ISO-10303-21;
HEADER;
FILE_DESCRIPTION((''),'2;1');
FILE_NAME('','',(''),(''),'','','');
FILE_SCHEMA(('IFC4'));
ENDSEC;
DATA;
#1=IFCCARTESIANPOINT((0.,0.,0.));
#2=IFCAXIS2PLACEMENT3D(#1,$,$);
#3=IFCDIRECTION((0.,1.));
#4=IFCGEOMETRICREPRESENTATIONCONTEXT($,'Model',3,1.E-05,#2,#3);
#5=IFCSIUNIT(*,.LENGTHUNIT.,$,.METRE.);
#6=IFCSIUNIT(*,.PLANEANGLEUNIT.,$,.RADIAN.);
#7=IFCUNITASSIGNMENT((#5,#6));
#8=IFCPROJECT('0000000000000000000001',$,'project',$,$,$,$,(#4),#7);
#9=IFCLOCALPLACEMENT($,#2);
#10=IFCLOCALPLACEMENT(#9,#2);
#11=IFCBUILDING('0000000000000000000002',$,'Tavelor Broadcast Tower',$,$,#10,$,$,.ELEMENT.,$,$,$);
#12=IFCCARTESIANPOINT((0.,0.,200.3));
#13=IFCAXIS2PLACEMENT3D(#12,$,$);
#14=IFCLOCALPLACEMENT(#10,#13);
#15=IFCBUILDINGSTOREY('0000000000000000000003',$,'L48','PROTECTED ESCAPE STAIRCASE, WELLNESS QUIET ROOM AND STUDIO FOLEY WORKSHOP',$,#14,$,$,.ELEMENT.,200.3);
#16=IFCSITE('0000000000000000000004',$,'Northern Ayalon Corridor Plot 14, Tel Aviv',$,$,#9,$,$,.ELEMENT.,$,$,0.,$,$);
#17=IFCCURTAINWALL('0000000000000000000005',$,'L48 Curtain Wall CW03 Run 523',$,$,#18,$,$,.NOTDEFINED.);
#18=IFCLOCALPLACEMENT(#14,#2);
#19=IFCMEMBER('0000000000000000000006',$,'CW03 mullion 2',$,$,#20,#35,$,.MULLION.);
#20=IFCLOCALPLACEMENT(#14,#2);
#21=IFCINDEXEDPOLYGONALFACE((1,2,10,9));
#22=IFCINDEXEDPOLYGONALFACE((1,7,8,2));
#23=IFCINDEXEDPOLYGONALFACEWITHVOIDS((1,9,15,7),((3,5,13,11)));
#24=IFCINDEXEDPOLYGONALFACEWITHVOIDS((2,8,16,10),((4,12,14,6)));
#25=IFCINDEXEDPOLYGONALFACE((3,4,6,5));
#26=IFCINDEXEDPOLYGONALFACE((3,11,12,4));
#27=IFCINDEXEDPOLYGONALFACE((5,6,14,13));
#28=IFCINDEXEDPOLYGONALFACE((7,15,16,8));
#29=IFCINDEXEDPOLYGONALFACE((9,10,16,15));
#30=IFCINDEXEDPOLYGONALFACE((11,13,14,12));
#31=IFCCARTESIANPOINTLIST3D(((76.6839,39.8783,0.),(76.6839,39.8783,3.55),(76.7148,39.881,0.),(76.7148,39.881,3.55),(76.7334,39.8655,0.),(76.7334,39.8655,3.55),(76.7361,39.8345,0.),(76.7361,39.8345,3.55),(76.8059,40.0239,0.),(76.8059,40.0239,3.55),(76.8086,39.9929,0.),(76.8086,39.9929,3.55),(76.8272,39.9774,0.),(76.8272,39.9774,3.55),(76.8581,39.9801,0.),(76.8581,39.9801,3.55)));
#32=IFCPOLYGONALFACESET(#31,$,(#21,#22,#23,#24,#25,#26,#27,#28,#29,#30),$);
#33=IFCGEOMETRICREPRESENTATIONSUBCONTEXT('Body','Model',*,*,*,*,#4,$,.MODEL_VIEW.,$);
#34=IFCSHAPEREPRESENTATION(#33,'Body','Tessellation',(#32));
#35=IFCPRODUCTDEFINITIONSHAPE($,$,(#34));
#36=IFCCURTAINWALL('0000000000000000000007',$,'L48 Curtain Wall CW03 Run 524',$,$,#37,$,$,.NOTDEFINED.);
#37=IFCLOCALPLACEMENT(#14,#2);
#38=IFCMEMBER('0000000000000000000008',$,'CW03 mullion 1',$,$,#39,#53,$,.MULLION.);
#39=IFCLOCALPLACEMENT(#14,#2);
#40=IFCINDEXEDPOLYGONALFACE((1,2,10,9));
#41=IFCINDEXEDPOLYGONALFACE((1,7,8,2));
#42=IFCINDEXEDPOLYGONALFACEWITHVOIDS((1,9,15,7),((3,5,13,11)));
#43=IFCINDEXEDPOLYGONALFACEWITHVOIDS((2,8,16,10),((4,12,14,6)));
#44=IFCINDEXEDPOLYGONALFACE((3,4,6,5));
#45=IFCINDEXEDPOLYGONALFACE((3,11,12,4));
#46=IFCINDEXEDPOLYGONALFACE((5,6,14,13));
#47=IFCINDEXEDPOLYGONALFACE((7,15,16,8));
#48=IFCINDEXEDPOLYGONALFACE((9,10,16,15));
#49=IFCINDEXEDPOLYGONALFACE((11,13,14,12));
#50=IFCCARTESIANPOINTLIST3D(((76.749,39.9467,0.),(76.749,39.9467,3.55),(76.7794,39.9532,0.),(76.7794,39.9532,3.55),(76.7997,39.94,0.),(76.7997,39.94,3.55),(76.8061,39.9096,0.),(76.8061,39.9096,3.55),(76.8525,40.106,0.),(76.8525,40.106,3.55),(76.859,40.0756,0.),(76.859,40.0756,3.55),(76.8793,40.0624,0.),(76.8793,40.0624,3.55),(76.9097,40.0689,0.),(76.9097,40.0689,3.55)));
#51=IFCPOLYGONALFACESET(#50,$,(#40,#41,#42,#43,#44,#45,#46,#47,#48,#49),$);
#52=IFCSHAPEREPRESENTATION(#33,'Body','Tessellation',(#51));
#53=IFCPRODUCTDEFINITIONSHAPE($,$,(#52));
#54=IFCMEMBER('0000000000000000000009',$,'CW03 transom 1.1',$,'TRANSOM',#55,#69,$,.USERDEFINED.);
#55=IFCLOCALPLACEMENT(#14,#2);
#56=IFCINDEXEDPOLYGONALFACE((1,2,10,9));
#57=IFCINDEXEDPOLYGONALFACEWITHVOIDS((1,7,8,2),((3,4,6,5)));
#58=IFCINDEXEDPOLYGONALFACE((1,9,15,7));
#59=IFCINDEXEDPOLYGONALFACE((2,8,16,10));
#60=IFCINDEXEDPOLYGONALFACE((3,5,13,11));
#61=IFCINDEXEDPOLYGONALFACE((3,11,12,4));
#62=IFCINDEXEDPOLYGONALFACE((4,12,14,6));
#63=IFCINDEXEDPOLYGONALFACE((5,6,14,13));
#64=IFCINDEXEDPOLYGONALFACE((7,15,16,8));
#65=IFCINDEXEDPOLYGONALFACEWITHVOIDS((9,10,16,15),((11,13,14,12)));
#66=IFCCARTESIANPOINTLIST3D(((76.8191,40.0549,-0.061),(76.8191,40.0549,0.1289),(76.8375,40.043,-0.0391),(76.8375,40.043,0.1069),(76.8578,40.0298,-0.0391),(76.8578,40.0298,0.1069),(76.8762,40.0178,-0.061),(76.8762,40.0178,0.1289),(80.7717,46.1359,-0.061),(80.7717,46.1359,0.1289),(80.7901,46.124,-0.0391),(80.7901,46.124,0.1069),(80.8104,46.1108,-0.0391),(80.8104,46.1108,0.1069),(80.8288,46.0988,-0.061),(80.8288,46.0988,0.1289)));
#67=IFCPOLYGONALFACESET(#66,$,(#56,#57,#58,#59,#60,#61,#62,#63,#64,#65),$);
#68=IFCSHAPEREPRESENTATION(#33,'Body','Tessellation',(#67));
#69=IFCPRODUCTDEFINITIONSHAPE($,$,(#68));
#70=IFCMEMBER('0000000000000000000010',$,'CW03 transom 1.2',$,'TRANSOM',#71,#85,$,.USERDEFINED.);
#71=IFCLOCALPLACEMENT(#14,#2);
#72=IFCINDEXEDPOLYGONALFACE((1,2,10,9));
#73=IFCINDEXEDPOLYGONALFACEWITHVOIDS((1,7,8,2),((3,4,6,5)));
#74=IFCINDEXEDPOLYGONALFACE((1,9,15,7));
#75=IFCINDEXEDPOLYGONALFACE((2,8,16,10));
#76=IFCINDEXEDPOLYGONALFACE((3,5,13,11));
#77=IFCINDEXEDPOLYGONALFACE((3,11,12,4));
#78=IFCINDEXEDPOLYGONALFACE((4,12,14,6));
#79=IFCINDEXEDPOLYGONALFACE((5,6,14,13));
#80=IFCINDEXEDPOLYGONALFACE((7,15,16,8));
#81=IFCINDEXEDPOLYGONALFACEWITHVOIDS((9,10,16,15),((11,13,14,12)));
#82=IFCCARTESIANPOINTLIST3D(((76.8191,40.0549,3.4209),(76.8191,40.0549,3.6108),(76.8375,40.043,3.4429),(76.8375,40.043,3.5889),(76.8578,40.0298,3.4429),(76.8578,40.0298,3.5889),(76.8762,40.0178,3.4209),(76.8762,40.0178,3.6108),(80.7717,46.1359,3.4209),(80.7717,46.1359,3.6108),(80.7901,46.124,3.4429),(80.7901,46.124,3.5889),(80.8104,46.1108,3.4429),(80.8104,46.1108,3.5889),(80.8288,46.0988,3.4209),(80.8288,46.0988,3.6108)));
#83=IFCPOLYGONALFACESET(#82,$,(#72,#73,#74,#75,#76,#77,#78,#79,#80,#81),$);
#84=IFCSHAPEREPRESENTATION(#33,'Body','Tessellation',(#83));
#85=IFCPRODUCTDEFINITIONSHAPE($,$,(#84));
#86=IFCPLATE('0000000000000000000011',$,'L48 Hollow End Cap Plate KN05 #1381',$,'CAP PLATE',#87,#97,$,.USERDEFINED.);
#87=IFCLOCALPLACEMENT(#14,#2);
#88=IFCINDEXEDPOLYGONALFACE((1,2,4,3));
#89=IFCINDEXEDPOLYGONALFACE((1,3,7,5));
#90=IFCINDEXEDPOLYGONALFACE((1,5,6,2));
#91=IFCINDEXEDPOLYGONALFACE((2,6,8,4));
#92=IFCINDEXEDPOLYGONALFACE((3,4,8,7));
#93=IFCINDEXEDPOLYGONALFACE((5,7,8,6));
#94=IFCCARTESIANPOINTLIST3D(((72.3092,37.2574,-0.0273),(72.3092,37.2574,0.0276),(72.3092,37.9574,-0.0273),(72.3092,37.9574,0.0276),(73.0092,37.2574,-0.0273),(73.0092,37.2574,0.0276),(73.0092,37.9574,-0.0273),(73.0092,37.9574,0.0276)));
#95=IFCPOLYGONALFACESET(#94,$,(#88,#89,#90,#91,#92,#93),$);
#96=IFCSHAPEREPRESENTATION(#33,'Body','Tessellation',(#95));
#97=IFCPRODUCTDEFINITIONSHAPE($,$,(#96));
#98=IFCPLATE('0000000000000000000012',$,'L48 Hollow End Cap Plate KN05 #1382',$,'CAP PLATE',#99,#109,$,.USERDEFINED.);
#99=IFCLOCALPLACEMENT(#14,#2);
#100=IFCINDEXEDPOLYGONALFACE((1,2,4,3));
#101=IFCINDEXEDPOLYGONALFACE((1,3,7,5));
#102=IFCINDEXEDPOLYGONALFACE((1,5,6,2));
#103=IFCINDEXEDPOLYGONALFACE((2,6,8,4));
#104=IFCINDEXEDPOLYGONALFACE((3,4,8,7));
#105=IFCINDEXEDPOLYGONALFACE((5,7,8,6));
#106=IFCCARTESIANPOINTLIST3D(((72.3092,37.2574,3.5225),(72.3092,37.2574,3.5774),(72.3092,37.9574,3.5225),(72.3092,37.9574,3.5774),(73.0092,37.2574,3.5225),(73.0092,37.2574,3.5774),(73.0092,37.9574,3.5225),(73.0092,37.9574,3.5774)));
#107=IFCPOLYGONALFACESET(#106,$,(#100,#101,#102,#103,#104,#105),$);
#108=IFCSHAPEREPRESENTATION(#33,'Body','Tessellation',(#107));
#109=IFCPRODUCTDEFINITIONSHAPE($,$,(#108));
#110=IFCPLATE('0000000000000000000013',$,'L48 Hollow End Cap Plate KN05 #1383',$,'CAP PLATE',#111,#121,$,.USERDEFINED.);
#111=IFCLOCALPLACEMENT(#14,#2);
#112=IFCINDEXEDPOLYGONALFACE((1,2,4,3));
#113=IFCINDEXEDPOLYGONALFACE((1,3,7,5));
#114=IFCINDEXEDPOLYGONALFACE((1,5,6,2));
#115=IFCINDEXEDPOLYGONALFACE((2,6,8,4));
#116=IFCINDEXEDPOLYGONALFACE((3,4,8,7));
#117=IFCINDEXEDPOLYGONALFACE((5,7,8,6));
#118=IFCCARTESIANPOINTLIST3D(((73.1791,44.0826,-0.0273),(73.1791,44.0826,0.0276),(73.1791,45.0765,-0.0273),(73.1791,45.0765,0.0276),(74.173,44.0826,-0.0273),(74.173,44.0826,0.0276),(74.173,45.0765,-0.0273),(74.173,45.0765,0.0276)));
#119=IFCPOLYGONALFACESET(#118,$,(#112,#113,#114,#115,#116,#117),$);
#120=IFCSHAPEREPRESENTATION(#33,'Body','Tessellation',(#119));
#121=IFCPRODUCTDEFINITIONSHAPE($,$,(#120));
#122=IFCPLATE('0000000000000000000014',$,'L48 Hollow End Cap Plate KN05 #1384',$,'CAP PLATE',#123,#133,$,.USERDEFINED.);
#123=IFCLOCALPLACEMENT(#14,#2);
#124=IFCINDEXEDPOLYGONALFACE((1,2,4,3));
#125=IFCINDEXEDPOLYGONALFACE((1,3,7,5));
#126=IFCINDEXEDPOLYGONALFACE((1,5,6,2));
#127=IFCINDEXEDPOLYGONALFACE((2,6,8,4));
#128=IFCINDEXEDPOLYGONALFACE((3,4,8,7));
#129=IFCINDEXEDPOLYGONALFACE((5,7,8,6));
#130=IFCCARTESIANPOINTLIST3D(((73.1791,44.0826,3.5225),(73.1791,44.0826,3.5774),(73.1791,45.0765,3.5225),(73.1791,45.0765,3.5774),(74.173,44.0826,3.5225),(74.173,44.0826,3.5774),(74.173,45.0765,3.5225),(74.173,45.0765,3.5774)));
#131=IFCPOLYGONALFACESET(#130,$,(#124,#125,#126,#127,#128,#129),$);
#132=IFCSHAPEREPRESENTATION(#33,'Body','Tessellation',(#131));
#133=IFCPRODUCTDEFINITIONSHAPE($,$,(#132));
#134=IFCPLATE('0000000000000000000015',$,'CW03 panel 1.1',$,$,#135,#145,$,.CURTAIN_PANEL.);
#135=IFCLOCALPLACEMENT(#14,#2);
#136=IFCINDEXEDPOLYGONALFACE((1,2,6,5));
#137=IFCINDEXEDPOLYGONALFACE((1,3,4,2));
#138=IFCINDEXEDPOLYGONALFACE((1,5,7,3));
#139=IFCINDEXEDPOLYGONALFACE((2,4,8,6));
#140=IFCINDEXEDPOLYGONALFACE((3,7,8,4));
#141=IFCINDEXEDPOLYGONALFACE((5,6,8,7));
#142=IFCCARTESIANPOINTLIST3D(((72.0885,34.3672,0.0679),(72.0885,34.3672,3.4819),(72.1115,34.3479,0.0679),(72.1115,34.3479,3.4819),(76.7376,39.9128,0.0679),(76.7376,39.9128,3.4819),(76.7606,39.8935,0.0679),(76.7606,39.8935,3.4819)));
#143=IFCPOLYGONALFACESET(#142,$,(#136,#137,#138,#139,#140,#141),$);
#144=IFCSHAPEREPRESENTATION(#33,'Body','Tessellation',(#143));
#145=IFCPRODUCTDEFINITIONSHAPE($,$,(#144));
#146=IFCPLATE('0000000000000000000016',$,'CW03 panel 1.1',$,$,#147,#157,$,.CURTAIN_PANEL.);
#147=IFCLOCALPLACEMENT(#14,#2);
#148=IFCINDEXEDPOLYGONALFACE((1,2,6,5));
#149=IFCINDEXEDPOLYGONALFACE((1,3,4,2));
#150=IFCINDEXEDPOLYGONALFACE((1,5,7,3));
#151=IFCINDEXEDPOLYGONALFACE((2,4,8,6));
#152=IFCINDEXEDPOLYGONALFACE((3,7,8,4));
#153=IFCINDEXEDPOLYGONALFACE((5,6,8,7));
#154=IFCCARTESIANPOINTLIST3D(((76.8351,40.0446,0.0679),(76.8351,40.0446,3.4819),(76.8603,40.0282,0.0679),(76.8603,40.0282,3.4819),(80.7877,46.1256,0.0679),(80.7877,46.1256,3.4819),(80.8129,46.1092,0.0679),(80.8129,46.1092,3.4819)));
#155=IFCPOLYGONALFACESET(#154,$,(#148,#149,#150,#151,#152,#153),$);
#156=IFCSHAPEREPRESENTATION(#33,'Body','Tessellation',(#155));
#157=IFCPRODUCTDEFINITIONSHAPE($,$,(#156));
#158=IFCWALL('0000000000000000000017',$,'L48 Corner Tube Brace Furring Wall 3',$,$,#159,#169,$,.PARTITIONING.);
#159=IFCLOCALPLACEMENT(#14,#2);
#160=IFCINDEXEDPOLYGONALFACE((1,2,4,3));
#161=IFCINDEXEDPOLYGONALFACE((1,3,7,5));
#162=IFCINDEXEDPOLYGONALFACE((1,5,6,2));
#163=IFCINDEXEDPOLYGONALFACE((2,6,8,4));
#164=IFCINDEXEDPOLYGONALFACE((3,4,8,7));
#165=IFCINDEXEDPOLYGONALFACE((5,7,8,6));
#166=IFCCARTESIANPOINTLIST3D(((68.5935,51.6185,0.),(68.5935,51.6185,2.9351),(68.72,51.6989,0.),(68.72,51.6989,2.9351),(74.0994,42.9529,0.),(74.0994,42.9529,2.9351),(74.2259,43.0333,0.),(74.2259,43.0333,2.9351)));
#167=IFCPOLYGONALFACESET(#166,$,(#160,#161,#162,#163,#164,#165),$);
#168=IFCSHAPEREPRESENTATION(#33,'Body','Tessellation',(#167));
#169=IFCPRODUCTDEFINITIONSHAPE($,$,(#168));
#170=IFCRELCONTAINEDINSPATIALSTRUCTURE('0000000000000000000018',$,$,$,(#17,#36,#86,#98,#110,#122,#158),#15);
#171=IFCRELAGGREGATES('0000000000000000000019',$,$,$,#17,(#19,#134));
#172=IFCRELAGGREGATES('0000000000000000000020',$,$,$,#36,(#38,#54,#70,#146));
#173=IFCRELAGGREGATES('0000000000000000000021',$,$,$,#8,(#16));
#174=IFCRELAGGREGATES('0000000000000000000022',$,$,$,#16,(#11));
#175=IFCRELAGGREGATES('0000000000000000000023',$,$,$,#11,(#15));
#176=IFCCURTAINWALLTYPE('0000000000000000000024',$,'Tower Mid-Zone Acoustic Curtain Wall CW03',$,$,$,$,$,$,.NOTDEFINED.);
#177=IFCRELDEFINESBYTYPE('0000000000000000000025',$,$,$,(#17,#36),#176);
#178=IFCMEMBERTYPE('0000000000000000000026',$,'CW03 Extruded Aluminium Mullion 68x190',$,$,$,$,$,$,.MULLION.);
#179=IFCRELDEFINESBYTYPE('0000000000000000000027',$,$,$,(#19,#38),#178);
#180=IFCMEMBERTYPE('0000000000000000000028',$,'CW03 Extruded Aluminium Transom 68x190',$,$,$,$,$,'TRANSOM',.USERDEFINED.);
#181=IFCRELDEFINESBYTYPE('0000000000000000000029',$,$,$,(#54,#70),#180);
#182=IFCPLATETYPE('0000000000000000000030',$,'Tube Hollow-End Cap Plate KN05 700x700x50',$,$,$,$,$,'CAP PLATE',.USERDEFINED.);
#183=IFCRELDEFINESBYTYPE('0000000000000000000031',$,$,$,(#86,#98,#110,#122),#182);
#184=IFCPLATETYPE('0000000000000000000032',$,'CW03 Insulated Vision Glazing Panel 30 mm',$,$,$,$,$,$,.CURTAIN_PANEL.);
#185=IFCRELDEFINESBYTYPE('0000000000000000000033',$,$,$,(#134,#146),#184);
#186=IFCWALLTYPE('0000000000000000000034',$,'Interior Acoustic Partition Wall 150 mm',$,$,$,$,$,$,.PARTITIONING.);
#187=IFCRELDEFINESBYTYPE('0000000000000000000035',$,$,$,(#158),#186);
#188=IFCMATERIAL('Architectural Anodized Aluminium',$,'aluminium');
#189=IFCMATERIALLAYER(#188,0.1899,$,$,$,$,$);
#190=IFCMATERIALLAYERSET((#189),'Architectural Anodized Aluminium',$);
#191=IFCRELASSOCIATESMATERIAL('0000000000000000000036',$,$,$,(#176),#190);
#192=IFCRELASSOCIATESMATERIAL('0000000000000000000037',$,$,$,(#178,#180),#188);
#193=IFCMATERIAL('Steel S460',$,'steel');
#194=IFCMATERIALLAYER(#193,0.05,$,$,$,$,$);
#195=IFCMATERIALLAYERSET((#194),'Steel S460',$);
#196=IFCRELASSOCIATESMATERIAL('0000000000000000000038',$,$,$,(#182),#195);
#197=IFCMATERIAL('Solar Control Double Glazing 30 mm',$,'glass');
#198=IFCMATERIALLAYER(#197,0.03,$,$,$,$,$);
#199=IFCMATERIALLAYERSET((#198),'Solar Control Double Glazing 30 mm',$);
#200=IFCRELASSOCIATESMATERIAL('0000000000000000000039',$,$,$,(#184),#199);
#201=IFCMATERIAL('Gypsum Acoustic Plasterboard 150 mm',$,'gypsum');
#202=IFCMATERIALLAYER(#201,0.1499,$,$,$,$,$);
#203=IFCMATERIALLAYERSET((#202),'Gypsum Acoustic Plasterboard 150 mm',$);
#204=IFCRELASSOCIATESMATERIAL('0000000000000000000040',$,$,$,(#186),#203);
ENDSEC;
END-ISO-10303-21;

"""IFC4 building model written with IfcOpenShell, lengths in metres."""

from ifc_helpers import new_model, si_unit, direction, frame, frame_2d, origin, origin_2d, place, context, subcontext, project, spatial, rectangle, hollow_rectangle, extrude, source, transform, mapped, material, layer, layer_set, material_profile, profile_set, type_object, type_shapes, element, aggregate, save


model = new_model("IFC4")

# Units and contexts
model_context = context("Model", 3, precision=1e-05, world=origin(), true_north=direction((0.0, 1.0)))
body_context = subcontext(model_context, "Body", "Model", "MODEL_VIEW")
ifc_project = project(units=[si_unit("LENGTHUNIT", "METRE"), si_unit("PLANEANGLEUNIT", "RADIAN")], contexts=[model_context])

# Site, building, storey
site_placement = place(None, origin())
site = spatial("IfcSite", under=ifc_project, at=site_placement, Name="Northern Ayalon Corridor Plot 14, Tel Aviv", CompositionType="ELEMENT", RefElevation=0.0)
building_placement = place(site_placement, origin())
building = spatial("IfcBuilding", under=site, at=building_placement, Name="Tavelor Broadcast Tower", CompositionType="ELEMENT")
storey_placement = place(building_placement, frame((0.0, 0.0, 200.3)))
storey = spatial("IfcBuildingStorey", under=building, at=storey_placement, Name="L48", Description="PROTECTED ESCAPE STAIRCASE, WELLNESS QUIET ROOM AND STUDIO FOLEY WORKSHOP", CompositionType="ELEMENT", Elevation=200.3)

# Shared definitions
ifc_material_1 = material(Name="Steel S460", Category="steel")

# Curtain wall, member
ifc_material_2 = material(Name="Architectural Anodized Aluminium", Category="aluminium")
ifc_layer_1 = layer(ifc_material_2, 0.1899)
ifc_layer_set_1 = layer_set([ifc_layer_1], Name="Architectural Anodized Aluminium")
curtain_wall_type = type_object("IfcCurtainWallType", Name="Tower Mid-Zone Acoustic Curtain Wall CW03", PredefinedType="NOTDEFINED", material=ifc_layer_set_1)
curtain_wall_1_placement = place(storey_placement, origin())
curtain_wall_1 = element("IfcCurtainWall", 1, at=curtain_wall_1_placement, inside=storey, type_object=curtain_wall_type, Name="L48 Curtain Wall CW03 Run 523", PredefinedType="NOTDEFINED")
ifc_material_profile_1 = material_profile(ifc_material_2, hollow_rectangle(XDim=0.0681, YDim=0.1899, WallThickness=0.022, at=origin_2d()), Name="RHS 68x190x22")
ifc_profile_set_1 = profile_set([ifc_material_profile_1], Name="Architectural Anodized Aluminium")
member_type_1 = type_object("IfcMemberType", Name="CW03 Extruded Aluminium Mullion 68x190", PredefinedType="MULLION", material=ifc_profile_set_1)
shared_shape_1 = source(origin(), body_context, "Body", "SweptSolid", [
    extrude(hollow_rectangle(XDim=0.0681, YDim=0.1899, WallThickness=0.022, at=origin_2d()), origin(), (0.0, 0.0, 1.0), 3.55),
])
type_shapes(member_type_1, [shared_shape_1])
member_1_placement = place(storey_placement, frame((76.771, 39.9292, 0.0), z_axis=(0.0, 0.0, 1.0), x_axis=(-0.766333, 0.642443, 0.0)))
member_1 = element("IfcMember", 2, at=member_1_placement, type_object=member_type_1, Name="CW03 mullion 2", PredefinedType="MULLION", context=body_context, shape_type="MappedRepresentation", body=[
    mapped(shared_shape_1, transform((0.0, 0.0, 0.0), scale=1.0)),
])

# Curtain wall, members
curtain_wall_2_placement = place(storey_placement, origin())
curtain_wall_2 = element("IfcCurtainWall", 3, at=curtain_wall_2_placement, inside=storey, type_object=curtain_wall_type, Name="L48 Curtain Wall CW03 Run 524", PredefinedType="NOTDEFINED")
member_2_placement = place(storey_placement, frame((76.8293, 40.0078, 0.0), z_axis=(0.0, 0.0, 1.0), x_axis=(-0.838447, 0.544984, 0.0)))
member_2 = element("IfcMember", 4, at=member_2_placement, type_object=member_type_1, Name="CW03 mullion 1", PredefinedType="MULLION", context=body_context, shape_type="MappedRepresentation", body=[
    mapped(shared_shape_1, transform((0.0, 0.0, 0.0), scale=1.0)),
])
ifc_material_profile_2 = material_profile(ifc_material_2, hollow_rectangle(XDim=0.0681, YDim=0.1899, WallThickness=0.022, at=origin_2d()), Name="RHS 68x190x22")
ifc_profile_set_2 = profile_set([ifc_material_profile_2], Name="Architectural Anodized Aluminium")
member_type_2 = type_object("IfcMemberType", Name="CW03 Extruded Aluminium Transom 68x190", ElementType="TRANSOM", PredefinedType="USERDEFINED", material=ifc_profile_set_2)
shared_shape_2 = source(origin(), body_context, "Body", "SweptSolid", [
    extrude(hollow_rectangle(XDim=0.0681, YDim=0.1899, WallThickness=0.022, at=origin_2d()), origin(), (0.0, 0.0, 1.0), 7.2527),
])
type_shapes(member_type_2, [shared_shape_2])
member_3_placement = place(storey_placement, frame((76.8477, 40.0364, 0.0339), z_axis=(0.544984, 0.838447, 0.0), x_axis=(-0.838447, 0.544984, 0.0)))
member_3 = element("IfcMember", 5, at=member_3_placement, type_object=member_type_2, Name="CW03 transom 1.1", ObjectType="TRANSOM", PredefinedType="USERDEFINED", context=body_context, shape_type="MappedRepresentation", body=[
    mapped(shared_shape_2, transform((0.0, 0.0, 0.0), scale=1.0)),
])
member_4_placement = place(storey_placement, frame((76.8477, 40.0364, 3.5159), z_axis=(0.544984, 0.838447, 0.0), x_axis=(-0.838447, 0.544984, 0.0)))
member_4 = element("IfcMember", 6, at=member_4_placement, type_object=member_type_2, Name="CW03 transom 1.2", ObjectType="TRANSOM", PredefinedType="USERDEFINED", context=body_context, shape_type="MappedRepresentation", body=[
    mapped(shared_shape_2, transform((0.0, 0.0, 0.0), scale=1.0)),
])

# Plates
ifc_layer_2 = layer(ifc_material_1, 0.05)
ifc_layer_set_2 = layer_set([ifc_layer_2], Name="Steel S460")
plate_type_1 = type_object("IfcPlateType", Name="Tube Hollow-End Cap Plate KN05 700x700x50", ElementType="CAP PLATE", PredefinedType="USERDEFINED", material=ifc_layer_set_2)
shared_shape_3 = source(origin(), body_context, "Body", "SweptSolid", [
    extrude(rectangle(XDim=0.7, YDim=0.7, at=origin_2d()), origin(), (0.0, 0.0, 1.0), 0.0549),
])
for number, where, z_axis, x_axis, name in (
    (7, (72.6592, 37.6074, -0.0273), (0.0, 0.0, 1.0), (1.0, 0.0, 0.0), "L48 Hollow End Cap Plate KN05 #1381"),
    (8, (72.6592, 37.6074, 3.5225), (0.0, 0.0, 1.0), (1.0, 0.0, 0.0), "L48 Hollow End Cap Plate KN05 #1382"),
):
    element("IfcPlate", number, at=place(storey_placement, frame(where, z_axis=z_axis, x_axis=x_axis)), inside=storey, type_object=plate_type_1, Name=name, ObjectType="CAP PLATE", PredefinedType="USERDEFINED", context=body_context, shape_type="MappedRepresentation", body=[
        mapped(shared_shape_3, transform((0.0, 0.0, 0.0), scale=1.0)),
    ])
shared_shape_4 = source(origin(), body_context, "Body", "SweptSolid", [
    extrude(rectangle(XDim=0.9939, YDim=0.9939, at=origin_2d()), origin(), (0.0, 0.0, 1.0), 0.0549),
])
type_shapes(plate_type_1, [shared_shape_3, shared_shape_4])
for number, where, z_axis, x_axis, name in (
    (9, (73.676, 44.5796, -0.0273), (0.0, 0.0, 1.0), (1.0, 0.0, 0.0), "L48 Hollow End Cap Plate KN05 #1383"),
    (10, (73.676, 44.5796, 3.5225), (0.0, 0.0, 1.0), (1.0, 0.0, 0.0), "L48 Hollow End Cap Plate KN05 #1384"),
):
    element("IfcPlate", number, at=place(storey_placement, frame(where, z_axis=z_axis, x_axis=x_axis)), inside=storey, type_object=plate_type_1, Name=name, ObjectType="CAP PLATE", PredefinedType="USERDEFINED", context=body_context, shape_type="MappedRepresentation", body=[
        mapped(shared_shape_4, transform((0.0, 0.0, 0.0), scale=1.0)),
    ])

# Plates
ifc_material_3 = material(Name="Solar Control Double Glazing 30 mm", Category="glass")
ifc_layer_3 = layer(ifc_material_3, 0.03)
ifc_layer_set_3 = layer_set([ifc_layer_3], Name="Solar Control Double Glazing 30 mm")
plate_type_2 = type_object("IfcPlateType", Name="CW03 Insulated Vision Glazing Panel 30 mm", PredefinedType="CURTAIN_PANEL", material=ifc_layer_set_3)
shared_shape_5 = source(origin(), body_context, "Body", "SweptSolid", [
    extrude(rectangle(XDim=7.2366, YDim=0.03, at=origin_2d()), origin(), (0.0, 0.0, 1.0), 3.4141),
])
plate_1_placement = place(storey_placement, frame((74.4246, 37.1304, 0.0679), z_axis=(0.0, 0.0, 1.0), x_axis=(0.642443, 0.766333, 0.0)))
plate_1 = element("IfcPlate", 11, at=plate_1_placement, type_object=plate_type_2, Name="CW03 panel 1.1", PredefinedType="CURTAIN_PANEL", context=body_context, shape_type="MappedRepresentation", body=[
    mapped(shared_shape_5, transform((0.0, 0.0, 0.0), scale=1.0)),
])
aggregate(curtain_wall_1, [member_1, plate_1])
shared_shape_6 = source(origin(), body_context, "Body", "SweptSolid", [
    extrude(rectangle(XDim=7.2527, YDim=0.03, at=origin_2d()), origin(), (0.0, 0.0, 1.0), 3.4141),
])
type_shapes(plate_type_2, [shared_shape_5, shared_shape_6])
plate_2_placement = place(storey_placement, frame((78.824, 43.0769, 0.0679), z_axis=(0.0, 0.0, 1.0), x_axis=(0.544984, 0.838447, 0.0)))
plate_2 = element("IfcPlate", 12, at=plate_2_placement, type_object=plate_type_2, Name="CW03 panel 1.1", PredefinedType="CURTAIN_PANEL", context=body_context, shape_type="MappedRepresentation", body=[
    mapped(shared_shape_6, transform((0.0, 0.0, 0.0), scale=1.0)),
])
aggregate(curtain_wall_2, [member_2, member_3, member_4, plate_2])

# Wall
ifc_material_4 = material(Name="Gypsum Acoustic Plasterboard 150 mm", Category="gypsum")
ifc_layer_4 = layer(ifc_material_4, 0.1499)
ifc_layer_set_4 = layer_set([ifc_layer_4], Name="Gypsum Acoustic Plasterboard 150 mm")
wall_type = type_object("IfcWallType", Name="Interior Acoustic Partition Wall 150 mm", PredefinedType="PARTITIONING", material=ifc_layer_set_4)
wall_1_placement = place(storey_placement, frame((74.1626, 42.9932, 0.0), z_axis=(0.0, 0.0, 1.0), x_axis=(-0.536281, 0.844039, 0.0)))
element("IfcWall", 13, at=wall_1_placement, inside=storey, type_object=wall_type, Name="L48 Corner Tube Brace Furring Wall 3", PredefinedType="PARTITIONING", context=body_context, shape_type="SweptSolid", body=[
    extrude(rectangle(XDim=10.2668, YDim=0.1499, at=frame_2d((5.1333, 0.0))), origin(), (0.0, 0.0, 1.0), 2.9351),
])

save(model, "model.ifc")
